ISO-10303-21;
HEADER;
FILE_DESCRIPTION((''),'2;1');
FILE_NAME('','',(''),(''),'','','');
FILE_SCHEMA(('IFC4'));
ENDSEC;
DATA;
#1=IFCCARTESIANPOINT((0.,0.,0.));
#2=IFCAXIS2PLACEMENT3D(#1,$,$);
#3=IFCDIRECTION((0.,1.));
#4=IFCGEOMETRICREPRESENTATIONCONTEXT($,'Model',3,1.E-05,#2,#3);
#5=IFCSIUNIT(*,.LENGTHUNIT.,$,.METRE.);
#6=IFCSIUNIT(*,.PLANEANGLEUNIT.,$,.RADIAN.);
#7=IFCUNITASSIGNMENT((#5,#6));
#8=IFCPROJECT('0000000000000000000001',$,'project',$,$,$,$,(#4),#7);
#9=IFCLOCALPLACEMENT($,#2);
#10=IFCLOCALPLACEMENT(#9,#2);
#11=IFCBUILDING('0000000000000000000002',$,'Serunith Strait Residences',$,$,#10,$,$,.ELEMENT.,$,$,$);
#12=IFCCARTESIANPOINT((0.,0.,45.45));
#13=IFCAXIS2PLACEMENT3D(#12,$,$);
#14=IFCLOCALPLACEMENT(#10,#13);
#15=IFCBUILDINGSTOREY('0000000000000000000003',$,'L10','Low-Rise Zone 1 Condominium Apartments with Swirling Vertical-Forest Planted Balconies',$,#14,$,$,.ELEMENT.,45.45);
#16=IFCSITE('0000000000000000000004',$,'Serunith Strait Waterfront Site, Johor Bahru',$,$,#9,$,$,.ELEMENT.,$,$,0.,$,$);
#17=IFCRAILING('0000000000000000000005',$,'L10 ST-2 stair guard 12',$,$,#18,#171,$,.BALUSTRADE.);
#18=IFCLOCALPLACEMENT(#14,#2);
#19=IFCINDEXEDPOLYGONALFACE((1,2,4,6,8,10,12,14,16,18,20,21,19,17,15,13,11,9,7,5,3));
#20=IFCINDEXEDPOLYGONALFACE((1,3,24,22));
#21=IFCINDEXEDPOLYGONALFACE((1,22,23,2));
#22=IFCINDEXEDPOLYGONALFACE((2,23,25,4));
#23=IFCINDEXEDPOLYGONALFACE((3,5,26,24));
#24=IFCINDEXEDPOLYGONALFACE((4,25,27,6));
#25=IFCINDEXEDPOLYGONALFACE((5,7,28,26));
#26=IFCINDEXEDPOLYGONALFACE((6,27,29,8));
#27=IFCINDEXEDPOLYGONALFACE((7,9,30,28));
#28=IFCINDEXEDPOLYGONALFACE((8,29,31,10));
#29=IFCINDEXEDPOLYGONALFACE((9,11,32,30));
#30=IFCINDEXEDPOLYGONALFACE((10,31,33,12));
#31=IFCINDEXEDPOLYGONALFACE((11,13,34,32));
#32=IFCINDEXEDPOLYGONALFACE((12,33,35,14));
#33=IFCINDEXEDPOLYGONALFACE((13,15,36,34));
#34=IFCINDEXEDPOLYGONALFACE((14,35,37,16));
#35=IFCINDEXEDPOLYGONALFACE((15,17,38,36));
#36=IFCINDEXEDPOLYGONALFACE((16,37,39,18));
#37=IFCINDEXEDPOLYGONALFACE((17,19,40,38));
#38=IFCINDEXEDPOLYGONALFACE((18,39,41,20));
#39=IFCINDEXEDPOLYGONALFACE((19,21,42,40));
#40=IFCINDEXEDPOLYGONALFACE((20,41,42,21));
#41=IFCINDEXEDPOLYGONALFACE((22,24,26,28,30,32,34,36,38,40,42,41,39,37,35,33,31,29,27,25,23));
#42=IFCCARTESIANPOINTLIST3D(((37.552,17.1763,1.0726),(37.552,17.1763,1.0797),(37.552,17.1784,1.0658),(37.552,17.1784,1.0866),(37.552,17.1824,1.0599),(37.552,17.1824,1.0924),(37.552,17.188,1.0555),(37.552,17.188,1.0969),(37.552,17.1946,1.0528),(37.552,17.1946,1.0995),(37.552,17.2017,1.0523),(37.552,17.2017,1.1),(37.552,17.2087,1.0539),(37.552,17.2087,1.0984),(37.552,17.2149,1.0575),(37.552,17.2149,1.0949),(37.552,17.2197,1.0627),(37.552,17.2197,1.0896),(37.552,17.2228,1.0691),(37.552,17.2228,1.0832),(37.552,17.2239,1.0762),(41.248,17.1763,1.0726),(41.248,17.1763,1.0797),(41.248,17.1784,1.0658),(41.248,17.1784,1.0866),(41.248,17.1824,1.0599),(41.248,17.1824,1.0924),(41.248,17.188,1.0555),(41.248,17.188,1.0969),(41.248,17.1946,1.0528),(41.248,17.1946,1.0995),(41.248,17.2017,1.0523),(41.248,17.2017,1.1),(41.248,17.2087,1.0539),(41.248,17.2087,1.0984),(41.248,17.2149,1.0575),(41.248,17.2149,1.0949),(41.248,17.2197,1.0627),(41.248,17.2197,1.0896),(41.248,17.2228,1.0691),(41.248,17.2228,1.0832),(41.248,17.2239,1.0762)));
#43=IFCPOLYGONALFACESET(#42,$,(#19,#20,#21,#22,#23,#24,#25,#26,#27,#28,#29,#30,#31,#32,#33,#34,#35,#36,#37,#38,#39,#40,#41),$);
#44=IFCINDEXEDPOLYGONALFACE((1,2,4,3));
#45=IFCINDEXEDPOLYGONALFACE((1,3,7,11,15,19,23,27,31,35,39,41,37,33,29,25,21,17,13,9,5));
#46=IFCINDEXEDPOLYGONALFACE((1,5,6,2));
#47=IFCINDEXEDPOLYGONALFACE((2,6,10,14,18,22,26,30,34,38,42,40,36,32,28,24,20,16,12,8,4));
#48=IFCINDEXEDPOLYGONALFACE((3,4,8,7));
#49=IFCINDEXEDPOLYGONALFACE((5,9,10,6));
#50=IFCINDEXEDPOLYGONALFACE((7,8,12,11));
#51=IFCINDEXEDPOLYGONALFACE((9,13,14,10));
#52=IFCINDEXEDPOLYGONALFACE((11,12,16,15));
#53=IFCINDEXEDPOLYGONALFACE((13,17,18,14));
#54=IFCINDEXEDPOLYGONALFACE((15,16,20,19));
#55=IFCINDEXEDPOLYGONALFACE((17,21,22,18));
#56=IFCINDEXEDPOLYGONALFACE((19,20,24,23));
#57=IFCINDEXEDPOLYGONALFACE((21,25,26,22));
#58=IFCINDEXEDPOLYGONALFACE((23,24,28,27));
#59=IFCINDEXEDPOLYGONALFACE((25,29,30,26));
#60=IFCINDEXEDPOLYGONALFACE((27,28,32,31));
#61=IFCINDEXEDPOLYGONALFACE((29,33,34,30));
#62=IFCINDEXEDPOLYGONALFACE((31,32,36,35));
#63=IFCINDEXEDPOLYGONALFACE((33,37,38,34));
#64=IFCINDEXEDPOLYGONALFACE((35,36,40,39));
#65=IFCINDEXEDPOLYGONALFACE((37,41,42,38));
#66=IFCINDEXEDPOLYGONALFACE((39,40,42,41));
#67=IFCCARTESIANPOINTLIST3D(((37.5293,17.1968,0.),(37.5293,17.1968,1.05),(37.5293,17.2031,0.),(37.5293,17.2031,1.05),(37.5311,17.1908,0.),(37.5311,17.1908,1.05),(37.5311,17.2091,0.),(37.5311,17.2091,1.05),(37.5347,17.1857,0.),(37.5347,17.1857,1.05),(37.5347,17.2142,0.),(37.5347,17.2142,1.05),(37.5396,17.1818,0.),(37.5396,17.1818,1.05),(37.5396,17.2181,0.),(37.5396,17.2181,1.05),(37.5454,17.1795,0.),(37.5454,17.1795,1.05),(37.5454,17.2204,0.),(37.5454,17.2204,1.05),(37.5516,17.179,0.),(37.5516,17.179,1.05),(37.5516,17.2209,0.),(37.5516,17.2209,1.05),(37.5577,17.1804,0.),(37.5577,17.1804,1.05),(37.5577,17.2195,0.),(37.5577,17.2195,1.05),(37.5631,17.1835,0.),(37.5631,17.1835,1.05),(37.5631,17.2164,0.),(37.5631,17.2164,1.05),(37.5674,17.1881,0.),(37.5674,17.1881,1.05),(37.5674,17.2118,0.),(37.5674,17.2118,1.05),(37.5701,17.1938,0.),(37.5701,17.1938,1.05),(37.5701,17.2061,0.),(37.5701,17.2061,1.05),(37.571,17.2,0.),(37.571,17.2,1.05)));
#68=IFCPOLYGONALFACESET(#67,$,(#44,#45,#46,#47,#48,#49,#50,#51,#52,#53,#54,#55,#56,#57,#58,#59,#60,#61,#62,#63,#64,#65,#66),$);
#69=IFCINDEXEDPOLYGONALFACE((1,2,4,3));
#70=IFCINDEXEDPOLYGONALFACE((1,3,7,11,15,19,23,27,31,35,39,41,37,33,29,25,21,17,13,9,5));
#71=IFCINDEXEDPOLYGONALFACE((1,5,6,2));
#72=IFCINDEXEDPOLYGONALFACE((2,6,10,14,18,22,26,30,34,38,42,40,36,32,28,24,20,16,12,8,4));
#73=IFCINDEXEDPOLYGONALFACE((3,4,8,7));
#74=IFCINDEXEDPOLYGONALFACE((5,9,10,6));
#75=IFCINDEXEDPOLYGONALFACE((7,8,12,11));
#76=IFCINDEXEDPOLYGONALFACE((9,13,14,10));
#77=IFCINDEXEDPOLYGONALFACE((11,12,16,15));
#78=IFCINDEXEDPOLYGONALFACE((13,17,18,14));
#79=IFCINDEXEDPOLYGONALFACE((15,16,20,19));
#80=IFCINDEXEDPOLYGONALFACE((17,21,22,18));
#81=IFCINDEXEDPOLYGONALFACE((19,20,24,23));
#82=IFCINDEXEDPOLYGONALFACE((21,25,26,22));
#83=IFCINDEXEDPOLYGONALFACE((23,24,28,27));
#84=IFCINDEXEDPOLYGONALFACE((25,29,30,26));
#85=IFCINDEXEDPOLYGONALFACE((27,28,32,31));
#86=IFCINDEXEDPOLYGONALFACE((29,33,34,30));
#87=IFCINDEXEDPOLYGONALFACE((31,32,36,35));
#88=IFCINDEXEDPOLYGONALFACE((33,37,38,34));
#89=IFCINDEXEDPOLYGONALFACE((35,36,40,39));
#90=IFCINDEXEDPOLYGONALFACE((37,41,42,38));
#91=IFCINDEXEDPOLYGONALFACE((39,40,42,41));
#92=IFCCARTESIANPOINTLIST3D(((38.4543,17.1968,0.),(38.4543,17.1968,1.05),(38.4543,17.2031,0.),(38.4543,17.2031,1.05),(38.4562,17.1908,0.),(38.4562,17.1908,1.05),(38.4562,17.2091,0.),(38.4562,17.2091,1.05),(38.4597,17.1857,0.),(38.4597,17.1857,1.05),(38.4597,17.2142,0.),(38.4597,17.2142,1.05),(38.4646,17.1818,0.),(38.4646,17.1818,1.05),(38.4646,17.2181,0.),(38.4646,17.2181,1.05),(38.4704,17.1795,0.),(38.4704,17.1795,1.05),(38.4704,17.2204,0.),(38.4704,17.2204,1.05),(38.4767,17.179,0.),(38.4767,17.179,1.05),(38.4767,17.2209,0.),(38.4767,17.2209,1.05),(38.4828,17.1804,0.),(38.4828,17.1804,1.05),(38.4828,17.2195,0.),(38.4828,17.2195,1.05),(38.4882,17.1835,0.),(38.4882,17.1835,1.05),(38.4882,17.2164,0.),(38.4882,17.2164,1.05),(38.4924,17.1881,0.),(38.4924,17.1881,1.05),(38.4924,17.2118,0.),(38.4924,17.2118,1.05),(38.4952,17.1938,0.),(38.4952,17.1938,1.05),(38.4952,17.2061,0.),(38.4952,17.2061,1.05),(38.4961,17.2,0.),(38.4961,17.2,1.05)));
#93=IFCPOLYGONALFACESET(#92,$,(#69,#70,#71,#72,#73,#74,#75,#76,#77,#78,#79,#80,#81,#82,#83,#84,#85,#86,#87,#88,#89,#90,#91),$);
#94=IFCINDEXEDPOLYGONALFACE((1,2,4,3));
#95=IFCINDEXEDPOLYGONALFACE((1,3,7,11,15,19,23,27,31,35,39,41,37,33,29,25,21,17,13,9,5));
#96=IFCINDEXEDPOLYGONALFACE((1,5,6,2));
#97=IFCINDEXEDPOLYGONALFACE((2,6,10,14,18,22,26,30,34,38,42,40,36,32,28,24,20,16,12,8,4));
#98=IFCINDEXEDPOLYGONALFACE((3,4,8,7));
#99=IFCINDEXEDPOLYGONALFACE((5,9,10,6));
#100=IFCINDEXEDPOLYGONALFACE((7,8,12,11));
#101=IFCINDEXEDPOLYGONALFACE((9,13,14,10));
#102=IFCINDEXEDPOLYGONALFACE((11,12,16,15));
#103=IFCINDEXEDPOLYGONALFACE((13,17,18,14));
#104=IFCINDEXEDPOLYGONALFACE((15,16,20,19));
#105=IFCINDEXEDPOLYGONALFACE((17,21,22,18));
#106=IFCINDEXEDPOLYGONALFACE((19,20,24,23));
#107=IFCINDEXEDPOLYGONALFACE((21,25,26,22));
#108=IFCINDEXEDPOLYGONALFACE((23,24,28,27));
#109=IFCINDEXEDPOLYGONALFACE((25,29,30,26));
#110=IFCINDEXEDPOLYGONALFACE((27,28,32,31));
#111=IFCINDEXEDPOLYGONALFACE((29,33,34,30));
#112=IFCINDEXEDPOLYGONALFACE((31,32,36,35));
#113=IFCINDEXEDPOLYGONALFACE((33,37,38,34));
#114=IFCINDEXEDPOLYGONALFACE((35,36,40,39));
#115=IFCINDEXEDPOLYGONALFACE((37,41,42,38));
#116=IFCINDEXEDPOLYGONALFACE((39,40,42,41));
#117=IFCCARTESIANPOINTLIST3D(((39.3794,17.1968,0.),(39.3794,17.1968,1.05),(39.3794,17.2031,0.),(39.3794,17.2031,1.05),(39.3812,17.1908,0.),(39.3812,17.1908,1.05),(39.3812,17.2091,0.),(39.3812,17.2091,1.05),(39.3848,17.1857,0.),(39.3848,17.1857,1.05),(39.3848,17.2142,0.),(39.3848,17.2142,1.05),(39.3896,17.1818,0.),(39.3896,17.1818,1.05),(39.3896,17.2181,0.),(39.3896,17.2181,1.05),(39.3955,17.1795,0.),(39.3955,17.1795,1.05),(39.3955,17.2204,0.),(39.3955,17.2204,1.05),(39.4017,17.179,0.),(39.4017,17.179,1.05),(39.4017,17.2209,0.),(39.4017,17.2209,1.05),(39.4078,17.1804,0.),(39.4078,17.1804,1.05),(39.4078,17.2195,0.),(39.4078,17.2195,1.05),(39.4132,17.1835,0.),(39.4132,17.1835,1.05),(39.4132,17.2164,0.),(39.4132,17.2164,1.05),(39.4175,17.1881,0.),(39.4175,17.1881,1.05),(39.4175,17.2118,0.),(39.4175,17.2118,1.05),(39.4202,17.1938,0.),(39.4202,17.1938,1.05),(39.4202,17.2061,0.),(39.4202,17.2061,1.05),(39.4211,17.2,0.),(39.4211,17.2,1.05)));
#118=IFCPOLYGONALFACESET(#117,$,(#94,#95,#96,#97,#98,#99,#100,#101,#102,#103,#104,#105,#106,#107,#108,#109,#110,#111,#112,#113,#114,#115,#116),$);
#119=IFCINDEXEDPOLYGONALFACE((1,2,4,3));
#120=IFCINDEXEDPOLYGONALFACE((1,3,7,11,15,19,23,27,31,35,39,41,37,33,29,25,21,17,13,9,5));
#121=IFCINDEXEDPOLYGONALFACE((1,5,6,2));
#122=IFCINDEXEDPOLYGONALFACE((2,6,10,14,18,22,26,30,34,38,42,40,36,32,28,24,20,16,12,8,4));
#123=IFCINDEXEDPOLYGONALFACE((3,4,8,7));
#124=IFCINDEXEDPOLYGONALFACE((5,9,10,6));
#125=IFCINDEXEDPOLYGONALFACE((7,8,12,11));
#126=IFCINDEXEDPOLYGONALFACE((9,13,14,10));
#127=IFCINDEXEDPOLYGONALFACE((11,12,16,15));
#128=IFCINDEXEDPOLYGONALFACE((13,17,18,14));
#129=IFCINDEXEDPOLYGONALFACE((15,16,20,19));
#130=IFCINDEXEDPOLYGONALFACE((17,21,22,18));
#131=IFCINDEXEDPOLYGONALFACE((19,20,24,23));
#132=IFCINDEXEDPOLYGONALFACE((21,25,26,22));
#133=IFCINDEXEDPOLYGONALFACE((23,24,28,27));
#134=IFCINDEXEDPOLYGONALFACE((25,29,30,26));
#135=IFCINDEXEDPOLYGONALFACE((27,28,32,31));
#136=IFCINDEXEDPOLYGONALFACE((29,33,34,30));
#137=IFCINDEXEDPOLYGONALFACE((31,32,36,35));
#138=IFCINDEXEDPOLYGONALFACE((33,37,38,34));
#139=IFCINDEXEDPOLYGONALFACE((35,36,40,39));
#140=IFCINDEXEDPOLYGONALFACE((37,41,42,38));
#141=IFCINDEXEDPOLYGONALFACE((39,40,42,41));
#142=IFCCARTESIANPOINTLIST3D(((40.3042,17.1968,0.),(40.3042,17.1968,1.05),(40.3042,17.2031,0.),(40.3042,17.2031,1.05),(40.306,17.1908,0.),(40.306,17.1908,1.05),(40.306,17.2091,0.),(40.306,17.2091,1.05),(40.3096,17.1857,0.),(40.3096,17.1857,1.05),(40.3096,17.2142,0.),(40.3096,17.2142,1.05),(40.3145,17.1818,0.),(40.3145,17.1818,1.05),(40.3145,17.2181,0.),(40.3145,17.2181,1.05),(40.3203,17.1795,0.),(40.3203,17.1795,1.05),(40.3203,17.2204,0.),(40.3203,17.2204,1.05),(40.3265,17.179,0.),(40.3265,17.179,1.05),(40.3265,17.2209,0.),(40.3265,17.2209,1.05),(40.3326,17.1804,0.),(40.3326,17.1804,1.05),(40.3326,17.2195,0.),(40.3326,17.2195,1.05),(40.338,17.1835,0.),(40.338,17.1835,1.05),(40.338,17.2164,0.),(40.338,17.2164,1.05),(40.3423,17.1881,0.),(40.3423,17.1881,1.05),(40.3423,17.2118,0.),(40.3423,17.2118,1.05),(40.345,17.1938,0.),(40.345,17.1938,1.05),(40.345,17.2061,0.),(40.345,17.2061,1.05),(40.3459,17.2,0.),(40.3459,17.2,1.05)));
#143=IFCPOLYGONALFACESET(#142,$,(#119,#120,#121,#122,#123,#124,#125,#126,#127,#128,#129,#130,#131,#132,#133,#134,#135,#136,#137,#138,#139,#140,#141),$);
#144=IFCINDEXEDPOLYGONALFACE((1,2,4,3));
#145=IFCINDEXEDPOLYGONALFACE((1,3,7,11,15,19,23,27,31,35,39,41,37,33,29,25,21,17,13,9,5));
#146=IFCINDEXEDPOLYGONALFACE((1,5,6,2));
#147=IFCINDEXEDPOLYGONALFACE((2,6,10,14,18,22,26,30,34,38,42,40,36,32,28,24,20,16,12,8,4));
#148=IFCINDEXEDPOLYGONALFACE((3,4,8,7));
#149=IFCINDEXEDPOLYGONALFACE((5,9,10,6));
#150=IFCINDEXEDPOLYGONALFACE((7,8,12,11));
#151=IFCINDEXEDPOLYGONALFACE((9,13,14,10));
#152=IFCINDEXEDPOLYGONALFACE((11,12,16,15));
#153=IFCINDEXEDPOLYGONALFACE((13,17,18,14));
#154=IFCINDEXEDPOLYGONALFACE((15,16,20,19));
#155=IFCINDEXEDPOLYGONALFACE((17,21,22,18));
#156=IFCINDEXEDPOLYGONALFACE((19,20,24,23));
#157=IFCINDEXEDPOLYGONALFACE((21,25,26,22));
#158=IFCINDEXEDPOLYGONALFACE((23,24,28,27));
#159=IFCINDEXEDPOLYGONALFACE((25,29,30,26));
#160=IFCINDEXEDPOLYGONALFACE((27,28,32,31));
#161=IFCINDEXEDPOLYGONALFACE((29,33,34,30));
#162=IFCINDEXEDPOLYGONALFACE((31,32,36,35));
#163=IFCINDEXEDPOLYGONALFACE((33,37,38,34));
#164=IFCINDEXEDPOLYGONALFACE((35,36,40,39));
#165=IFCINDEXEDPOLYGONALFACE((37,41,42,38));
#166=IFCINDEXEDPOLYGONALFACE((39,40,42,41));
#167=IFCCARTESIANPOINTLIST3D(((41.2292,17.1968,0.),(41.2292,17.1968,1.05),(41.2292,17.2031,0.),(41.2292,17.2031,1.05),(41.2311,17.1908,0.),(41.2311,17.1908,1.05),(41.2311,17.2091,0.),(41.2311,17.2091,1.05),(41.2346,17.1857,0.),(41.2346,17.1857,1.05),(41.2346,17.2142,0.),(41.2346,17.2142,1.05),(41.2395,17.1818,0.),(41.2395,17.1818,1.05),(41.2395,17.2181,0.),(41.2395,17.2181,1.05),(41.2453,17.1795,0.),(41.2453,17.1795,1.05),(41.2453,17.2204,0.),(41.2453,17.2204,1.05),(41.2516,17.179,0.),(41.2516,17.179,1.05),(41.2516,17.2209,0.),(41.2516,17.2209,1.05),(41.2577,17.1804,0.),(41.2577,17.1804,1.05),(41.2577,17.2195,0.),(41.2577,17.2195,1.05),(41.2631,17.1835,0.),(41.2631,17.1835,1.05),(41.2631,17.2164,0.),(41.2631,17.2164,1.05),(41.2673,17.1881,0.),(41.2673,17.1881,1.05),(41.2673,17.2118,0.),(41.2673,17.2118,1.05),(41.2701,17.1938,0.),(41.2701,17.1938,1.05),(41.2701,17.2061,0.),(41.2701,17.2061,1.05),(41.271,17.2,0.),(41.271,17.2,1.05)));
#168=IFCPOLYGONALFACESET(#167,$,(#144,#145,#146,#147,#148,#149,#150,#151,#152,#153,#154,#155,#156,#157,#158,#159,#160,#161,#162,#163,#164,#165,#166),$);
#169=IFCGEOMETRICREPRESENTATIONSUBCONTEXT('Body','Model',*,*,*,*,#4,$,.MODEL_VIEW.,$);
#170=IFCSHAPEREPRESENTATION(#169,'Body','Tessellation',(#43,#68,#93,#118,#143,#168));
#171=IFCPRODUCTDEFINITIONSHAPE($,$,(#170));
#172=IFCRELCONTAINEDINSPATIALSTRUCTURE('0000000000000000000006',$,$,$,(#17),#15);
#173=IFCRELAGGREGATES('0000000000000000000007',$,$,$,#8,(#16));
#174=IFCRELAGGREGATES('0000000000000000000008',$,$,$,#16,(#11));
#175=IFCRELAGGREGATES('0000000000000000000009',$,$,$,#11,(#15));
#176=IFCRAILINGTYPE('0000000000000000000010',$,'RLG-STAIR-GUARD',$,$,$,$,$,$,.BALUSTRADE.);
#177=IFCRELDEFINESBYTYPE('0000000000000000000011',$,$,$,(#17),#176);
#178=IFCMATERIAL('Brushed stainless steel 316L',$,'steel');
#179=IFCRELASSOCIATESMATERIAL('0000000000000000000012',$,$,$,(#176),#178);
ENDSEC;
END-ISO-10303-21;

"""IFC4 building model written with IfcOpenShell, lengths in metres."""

from ifc_helpers import new_model, si_unit, direction, frame, origin, origin_2d, place, context, subcontext, project, spatial, circle, extrude, material, type_object, element, save


model = new_model("IFC4")

# Units and contexts
model_context = context("Model", 3, precision=1e-05, world=origin(), true_north=direction((0.0, 1.0)))
body_context = subcontext(model_context, "Body", "Model", "MODEL_VIEW")
ifc_project = project(units=[si_unit("LENGTHUNIT", "METRE"), si_unit("PLANEANGLEUNIT", "RADIAN")], contexts=[model_context])

# Site, building, storey
site_placement = place(None, origin())
site = spatial("IfcSite", under=ifc_project, at=site_placement, Name="Serunith Strait Waterfront Site, Johor Bahru", CompositionType="ELEMENT", RefElevation=0.0)
building_placement = place(site_placement, origin())
building = spatial("IfcBuilding", under=site, at=building_placement, Name="Serunith Strait Residences", CompositionType="ELEMENT")
storey_placement = place(building_placement, frame((0.0, 0.0, 45.45)))
storey = spatial("IfcBuildingStorey", under=building, at=storey_placement, Name="L10", Description="Low-Rise Zone 1 Condominium Apartments with Swirling Vertical-Forest Planted Balconies", CompositionType="ELEMENT", Elevation=45.45)

# Railing
ifc_material_1 = material(Name="Brushed stainless steel 316L", Category="steel")
railing_type_1 = type_object("IfcRailingType", Name="RLG-STAIR-GUARD", PredefinedType="BALUSTRADE", material=ifc_material_1)
railing_1_placement = place(storey_placement, frame((37.55, 17.2, 0.0)))
element("IfcRailing", 1, at=railing_1_placement, inside=storey, type_object=railing_type_1, Name="L10 ST-2 stair guard 12", PredefinedType="BALUSTRADE", context=body_context, shape_type="SweptSolid", body=[
    extrude(circle(Radius=0.0239, at=origin_2d()), frame((0.002, 0.0, 1.0762), z_axis=(1.0, 0.0, 0.0), x_axis=(0.0, 1.0, 0.0)), (0.0, 0.0, 1.0), 3.696),
    extrude(circle(Radius=0.021, at=origin_2d()), origin(), (0.0, 0.0, 1.0), 1.05),
    extrude(circle(Radius=0.021, at=origin_2d()), frame((0.925, 0.0, 0.0)), (0.0, 0.0, 1.0), 1.05),
    extrude(circle(Radius=0.021, at=origin_2d()), frame((1.8501, 0.0, 0.0)), (0.0, 0.0, 1.0), 1.05),
    extrude(circle(Radius=0.021, at=origin_2d()), frame((2.7749, 0.0, 0.0)), (0.0, 0.0, 1.0), 1.05),
    extrude(circle(Radius=0.021, at=origin_2d()), frame((3.7, 0.0, 0.0)), (0.0, 0.0, 1.0), 1.05),
])

save(model, "model.ifc")
